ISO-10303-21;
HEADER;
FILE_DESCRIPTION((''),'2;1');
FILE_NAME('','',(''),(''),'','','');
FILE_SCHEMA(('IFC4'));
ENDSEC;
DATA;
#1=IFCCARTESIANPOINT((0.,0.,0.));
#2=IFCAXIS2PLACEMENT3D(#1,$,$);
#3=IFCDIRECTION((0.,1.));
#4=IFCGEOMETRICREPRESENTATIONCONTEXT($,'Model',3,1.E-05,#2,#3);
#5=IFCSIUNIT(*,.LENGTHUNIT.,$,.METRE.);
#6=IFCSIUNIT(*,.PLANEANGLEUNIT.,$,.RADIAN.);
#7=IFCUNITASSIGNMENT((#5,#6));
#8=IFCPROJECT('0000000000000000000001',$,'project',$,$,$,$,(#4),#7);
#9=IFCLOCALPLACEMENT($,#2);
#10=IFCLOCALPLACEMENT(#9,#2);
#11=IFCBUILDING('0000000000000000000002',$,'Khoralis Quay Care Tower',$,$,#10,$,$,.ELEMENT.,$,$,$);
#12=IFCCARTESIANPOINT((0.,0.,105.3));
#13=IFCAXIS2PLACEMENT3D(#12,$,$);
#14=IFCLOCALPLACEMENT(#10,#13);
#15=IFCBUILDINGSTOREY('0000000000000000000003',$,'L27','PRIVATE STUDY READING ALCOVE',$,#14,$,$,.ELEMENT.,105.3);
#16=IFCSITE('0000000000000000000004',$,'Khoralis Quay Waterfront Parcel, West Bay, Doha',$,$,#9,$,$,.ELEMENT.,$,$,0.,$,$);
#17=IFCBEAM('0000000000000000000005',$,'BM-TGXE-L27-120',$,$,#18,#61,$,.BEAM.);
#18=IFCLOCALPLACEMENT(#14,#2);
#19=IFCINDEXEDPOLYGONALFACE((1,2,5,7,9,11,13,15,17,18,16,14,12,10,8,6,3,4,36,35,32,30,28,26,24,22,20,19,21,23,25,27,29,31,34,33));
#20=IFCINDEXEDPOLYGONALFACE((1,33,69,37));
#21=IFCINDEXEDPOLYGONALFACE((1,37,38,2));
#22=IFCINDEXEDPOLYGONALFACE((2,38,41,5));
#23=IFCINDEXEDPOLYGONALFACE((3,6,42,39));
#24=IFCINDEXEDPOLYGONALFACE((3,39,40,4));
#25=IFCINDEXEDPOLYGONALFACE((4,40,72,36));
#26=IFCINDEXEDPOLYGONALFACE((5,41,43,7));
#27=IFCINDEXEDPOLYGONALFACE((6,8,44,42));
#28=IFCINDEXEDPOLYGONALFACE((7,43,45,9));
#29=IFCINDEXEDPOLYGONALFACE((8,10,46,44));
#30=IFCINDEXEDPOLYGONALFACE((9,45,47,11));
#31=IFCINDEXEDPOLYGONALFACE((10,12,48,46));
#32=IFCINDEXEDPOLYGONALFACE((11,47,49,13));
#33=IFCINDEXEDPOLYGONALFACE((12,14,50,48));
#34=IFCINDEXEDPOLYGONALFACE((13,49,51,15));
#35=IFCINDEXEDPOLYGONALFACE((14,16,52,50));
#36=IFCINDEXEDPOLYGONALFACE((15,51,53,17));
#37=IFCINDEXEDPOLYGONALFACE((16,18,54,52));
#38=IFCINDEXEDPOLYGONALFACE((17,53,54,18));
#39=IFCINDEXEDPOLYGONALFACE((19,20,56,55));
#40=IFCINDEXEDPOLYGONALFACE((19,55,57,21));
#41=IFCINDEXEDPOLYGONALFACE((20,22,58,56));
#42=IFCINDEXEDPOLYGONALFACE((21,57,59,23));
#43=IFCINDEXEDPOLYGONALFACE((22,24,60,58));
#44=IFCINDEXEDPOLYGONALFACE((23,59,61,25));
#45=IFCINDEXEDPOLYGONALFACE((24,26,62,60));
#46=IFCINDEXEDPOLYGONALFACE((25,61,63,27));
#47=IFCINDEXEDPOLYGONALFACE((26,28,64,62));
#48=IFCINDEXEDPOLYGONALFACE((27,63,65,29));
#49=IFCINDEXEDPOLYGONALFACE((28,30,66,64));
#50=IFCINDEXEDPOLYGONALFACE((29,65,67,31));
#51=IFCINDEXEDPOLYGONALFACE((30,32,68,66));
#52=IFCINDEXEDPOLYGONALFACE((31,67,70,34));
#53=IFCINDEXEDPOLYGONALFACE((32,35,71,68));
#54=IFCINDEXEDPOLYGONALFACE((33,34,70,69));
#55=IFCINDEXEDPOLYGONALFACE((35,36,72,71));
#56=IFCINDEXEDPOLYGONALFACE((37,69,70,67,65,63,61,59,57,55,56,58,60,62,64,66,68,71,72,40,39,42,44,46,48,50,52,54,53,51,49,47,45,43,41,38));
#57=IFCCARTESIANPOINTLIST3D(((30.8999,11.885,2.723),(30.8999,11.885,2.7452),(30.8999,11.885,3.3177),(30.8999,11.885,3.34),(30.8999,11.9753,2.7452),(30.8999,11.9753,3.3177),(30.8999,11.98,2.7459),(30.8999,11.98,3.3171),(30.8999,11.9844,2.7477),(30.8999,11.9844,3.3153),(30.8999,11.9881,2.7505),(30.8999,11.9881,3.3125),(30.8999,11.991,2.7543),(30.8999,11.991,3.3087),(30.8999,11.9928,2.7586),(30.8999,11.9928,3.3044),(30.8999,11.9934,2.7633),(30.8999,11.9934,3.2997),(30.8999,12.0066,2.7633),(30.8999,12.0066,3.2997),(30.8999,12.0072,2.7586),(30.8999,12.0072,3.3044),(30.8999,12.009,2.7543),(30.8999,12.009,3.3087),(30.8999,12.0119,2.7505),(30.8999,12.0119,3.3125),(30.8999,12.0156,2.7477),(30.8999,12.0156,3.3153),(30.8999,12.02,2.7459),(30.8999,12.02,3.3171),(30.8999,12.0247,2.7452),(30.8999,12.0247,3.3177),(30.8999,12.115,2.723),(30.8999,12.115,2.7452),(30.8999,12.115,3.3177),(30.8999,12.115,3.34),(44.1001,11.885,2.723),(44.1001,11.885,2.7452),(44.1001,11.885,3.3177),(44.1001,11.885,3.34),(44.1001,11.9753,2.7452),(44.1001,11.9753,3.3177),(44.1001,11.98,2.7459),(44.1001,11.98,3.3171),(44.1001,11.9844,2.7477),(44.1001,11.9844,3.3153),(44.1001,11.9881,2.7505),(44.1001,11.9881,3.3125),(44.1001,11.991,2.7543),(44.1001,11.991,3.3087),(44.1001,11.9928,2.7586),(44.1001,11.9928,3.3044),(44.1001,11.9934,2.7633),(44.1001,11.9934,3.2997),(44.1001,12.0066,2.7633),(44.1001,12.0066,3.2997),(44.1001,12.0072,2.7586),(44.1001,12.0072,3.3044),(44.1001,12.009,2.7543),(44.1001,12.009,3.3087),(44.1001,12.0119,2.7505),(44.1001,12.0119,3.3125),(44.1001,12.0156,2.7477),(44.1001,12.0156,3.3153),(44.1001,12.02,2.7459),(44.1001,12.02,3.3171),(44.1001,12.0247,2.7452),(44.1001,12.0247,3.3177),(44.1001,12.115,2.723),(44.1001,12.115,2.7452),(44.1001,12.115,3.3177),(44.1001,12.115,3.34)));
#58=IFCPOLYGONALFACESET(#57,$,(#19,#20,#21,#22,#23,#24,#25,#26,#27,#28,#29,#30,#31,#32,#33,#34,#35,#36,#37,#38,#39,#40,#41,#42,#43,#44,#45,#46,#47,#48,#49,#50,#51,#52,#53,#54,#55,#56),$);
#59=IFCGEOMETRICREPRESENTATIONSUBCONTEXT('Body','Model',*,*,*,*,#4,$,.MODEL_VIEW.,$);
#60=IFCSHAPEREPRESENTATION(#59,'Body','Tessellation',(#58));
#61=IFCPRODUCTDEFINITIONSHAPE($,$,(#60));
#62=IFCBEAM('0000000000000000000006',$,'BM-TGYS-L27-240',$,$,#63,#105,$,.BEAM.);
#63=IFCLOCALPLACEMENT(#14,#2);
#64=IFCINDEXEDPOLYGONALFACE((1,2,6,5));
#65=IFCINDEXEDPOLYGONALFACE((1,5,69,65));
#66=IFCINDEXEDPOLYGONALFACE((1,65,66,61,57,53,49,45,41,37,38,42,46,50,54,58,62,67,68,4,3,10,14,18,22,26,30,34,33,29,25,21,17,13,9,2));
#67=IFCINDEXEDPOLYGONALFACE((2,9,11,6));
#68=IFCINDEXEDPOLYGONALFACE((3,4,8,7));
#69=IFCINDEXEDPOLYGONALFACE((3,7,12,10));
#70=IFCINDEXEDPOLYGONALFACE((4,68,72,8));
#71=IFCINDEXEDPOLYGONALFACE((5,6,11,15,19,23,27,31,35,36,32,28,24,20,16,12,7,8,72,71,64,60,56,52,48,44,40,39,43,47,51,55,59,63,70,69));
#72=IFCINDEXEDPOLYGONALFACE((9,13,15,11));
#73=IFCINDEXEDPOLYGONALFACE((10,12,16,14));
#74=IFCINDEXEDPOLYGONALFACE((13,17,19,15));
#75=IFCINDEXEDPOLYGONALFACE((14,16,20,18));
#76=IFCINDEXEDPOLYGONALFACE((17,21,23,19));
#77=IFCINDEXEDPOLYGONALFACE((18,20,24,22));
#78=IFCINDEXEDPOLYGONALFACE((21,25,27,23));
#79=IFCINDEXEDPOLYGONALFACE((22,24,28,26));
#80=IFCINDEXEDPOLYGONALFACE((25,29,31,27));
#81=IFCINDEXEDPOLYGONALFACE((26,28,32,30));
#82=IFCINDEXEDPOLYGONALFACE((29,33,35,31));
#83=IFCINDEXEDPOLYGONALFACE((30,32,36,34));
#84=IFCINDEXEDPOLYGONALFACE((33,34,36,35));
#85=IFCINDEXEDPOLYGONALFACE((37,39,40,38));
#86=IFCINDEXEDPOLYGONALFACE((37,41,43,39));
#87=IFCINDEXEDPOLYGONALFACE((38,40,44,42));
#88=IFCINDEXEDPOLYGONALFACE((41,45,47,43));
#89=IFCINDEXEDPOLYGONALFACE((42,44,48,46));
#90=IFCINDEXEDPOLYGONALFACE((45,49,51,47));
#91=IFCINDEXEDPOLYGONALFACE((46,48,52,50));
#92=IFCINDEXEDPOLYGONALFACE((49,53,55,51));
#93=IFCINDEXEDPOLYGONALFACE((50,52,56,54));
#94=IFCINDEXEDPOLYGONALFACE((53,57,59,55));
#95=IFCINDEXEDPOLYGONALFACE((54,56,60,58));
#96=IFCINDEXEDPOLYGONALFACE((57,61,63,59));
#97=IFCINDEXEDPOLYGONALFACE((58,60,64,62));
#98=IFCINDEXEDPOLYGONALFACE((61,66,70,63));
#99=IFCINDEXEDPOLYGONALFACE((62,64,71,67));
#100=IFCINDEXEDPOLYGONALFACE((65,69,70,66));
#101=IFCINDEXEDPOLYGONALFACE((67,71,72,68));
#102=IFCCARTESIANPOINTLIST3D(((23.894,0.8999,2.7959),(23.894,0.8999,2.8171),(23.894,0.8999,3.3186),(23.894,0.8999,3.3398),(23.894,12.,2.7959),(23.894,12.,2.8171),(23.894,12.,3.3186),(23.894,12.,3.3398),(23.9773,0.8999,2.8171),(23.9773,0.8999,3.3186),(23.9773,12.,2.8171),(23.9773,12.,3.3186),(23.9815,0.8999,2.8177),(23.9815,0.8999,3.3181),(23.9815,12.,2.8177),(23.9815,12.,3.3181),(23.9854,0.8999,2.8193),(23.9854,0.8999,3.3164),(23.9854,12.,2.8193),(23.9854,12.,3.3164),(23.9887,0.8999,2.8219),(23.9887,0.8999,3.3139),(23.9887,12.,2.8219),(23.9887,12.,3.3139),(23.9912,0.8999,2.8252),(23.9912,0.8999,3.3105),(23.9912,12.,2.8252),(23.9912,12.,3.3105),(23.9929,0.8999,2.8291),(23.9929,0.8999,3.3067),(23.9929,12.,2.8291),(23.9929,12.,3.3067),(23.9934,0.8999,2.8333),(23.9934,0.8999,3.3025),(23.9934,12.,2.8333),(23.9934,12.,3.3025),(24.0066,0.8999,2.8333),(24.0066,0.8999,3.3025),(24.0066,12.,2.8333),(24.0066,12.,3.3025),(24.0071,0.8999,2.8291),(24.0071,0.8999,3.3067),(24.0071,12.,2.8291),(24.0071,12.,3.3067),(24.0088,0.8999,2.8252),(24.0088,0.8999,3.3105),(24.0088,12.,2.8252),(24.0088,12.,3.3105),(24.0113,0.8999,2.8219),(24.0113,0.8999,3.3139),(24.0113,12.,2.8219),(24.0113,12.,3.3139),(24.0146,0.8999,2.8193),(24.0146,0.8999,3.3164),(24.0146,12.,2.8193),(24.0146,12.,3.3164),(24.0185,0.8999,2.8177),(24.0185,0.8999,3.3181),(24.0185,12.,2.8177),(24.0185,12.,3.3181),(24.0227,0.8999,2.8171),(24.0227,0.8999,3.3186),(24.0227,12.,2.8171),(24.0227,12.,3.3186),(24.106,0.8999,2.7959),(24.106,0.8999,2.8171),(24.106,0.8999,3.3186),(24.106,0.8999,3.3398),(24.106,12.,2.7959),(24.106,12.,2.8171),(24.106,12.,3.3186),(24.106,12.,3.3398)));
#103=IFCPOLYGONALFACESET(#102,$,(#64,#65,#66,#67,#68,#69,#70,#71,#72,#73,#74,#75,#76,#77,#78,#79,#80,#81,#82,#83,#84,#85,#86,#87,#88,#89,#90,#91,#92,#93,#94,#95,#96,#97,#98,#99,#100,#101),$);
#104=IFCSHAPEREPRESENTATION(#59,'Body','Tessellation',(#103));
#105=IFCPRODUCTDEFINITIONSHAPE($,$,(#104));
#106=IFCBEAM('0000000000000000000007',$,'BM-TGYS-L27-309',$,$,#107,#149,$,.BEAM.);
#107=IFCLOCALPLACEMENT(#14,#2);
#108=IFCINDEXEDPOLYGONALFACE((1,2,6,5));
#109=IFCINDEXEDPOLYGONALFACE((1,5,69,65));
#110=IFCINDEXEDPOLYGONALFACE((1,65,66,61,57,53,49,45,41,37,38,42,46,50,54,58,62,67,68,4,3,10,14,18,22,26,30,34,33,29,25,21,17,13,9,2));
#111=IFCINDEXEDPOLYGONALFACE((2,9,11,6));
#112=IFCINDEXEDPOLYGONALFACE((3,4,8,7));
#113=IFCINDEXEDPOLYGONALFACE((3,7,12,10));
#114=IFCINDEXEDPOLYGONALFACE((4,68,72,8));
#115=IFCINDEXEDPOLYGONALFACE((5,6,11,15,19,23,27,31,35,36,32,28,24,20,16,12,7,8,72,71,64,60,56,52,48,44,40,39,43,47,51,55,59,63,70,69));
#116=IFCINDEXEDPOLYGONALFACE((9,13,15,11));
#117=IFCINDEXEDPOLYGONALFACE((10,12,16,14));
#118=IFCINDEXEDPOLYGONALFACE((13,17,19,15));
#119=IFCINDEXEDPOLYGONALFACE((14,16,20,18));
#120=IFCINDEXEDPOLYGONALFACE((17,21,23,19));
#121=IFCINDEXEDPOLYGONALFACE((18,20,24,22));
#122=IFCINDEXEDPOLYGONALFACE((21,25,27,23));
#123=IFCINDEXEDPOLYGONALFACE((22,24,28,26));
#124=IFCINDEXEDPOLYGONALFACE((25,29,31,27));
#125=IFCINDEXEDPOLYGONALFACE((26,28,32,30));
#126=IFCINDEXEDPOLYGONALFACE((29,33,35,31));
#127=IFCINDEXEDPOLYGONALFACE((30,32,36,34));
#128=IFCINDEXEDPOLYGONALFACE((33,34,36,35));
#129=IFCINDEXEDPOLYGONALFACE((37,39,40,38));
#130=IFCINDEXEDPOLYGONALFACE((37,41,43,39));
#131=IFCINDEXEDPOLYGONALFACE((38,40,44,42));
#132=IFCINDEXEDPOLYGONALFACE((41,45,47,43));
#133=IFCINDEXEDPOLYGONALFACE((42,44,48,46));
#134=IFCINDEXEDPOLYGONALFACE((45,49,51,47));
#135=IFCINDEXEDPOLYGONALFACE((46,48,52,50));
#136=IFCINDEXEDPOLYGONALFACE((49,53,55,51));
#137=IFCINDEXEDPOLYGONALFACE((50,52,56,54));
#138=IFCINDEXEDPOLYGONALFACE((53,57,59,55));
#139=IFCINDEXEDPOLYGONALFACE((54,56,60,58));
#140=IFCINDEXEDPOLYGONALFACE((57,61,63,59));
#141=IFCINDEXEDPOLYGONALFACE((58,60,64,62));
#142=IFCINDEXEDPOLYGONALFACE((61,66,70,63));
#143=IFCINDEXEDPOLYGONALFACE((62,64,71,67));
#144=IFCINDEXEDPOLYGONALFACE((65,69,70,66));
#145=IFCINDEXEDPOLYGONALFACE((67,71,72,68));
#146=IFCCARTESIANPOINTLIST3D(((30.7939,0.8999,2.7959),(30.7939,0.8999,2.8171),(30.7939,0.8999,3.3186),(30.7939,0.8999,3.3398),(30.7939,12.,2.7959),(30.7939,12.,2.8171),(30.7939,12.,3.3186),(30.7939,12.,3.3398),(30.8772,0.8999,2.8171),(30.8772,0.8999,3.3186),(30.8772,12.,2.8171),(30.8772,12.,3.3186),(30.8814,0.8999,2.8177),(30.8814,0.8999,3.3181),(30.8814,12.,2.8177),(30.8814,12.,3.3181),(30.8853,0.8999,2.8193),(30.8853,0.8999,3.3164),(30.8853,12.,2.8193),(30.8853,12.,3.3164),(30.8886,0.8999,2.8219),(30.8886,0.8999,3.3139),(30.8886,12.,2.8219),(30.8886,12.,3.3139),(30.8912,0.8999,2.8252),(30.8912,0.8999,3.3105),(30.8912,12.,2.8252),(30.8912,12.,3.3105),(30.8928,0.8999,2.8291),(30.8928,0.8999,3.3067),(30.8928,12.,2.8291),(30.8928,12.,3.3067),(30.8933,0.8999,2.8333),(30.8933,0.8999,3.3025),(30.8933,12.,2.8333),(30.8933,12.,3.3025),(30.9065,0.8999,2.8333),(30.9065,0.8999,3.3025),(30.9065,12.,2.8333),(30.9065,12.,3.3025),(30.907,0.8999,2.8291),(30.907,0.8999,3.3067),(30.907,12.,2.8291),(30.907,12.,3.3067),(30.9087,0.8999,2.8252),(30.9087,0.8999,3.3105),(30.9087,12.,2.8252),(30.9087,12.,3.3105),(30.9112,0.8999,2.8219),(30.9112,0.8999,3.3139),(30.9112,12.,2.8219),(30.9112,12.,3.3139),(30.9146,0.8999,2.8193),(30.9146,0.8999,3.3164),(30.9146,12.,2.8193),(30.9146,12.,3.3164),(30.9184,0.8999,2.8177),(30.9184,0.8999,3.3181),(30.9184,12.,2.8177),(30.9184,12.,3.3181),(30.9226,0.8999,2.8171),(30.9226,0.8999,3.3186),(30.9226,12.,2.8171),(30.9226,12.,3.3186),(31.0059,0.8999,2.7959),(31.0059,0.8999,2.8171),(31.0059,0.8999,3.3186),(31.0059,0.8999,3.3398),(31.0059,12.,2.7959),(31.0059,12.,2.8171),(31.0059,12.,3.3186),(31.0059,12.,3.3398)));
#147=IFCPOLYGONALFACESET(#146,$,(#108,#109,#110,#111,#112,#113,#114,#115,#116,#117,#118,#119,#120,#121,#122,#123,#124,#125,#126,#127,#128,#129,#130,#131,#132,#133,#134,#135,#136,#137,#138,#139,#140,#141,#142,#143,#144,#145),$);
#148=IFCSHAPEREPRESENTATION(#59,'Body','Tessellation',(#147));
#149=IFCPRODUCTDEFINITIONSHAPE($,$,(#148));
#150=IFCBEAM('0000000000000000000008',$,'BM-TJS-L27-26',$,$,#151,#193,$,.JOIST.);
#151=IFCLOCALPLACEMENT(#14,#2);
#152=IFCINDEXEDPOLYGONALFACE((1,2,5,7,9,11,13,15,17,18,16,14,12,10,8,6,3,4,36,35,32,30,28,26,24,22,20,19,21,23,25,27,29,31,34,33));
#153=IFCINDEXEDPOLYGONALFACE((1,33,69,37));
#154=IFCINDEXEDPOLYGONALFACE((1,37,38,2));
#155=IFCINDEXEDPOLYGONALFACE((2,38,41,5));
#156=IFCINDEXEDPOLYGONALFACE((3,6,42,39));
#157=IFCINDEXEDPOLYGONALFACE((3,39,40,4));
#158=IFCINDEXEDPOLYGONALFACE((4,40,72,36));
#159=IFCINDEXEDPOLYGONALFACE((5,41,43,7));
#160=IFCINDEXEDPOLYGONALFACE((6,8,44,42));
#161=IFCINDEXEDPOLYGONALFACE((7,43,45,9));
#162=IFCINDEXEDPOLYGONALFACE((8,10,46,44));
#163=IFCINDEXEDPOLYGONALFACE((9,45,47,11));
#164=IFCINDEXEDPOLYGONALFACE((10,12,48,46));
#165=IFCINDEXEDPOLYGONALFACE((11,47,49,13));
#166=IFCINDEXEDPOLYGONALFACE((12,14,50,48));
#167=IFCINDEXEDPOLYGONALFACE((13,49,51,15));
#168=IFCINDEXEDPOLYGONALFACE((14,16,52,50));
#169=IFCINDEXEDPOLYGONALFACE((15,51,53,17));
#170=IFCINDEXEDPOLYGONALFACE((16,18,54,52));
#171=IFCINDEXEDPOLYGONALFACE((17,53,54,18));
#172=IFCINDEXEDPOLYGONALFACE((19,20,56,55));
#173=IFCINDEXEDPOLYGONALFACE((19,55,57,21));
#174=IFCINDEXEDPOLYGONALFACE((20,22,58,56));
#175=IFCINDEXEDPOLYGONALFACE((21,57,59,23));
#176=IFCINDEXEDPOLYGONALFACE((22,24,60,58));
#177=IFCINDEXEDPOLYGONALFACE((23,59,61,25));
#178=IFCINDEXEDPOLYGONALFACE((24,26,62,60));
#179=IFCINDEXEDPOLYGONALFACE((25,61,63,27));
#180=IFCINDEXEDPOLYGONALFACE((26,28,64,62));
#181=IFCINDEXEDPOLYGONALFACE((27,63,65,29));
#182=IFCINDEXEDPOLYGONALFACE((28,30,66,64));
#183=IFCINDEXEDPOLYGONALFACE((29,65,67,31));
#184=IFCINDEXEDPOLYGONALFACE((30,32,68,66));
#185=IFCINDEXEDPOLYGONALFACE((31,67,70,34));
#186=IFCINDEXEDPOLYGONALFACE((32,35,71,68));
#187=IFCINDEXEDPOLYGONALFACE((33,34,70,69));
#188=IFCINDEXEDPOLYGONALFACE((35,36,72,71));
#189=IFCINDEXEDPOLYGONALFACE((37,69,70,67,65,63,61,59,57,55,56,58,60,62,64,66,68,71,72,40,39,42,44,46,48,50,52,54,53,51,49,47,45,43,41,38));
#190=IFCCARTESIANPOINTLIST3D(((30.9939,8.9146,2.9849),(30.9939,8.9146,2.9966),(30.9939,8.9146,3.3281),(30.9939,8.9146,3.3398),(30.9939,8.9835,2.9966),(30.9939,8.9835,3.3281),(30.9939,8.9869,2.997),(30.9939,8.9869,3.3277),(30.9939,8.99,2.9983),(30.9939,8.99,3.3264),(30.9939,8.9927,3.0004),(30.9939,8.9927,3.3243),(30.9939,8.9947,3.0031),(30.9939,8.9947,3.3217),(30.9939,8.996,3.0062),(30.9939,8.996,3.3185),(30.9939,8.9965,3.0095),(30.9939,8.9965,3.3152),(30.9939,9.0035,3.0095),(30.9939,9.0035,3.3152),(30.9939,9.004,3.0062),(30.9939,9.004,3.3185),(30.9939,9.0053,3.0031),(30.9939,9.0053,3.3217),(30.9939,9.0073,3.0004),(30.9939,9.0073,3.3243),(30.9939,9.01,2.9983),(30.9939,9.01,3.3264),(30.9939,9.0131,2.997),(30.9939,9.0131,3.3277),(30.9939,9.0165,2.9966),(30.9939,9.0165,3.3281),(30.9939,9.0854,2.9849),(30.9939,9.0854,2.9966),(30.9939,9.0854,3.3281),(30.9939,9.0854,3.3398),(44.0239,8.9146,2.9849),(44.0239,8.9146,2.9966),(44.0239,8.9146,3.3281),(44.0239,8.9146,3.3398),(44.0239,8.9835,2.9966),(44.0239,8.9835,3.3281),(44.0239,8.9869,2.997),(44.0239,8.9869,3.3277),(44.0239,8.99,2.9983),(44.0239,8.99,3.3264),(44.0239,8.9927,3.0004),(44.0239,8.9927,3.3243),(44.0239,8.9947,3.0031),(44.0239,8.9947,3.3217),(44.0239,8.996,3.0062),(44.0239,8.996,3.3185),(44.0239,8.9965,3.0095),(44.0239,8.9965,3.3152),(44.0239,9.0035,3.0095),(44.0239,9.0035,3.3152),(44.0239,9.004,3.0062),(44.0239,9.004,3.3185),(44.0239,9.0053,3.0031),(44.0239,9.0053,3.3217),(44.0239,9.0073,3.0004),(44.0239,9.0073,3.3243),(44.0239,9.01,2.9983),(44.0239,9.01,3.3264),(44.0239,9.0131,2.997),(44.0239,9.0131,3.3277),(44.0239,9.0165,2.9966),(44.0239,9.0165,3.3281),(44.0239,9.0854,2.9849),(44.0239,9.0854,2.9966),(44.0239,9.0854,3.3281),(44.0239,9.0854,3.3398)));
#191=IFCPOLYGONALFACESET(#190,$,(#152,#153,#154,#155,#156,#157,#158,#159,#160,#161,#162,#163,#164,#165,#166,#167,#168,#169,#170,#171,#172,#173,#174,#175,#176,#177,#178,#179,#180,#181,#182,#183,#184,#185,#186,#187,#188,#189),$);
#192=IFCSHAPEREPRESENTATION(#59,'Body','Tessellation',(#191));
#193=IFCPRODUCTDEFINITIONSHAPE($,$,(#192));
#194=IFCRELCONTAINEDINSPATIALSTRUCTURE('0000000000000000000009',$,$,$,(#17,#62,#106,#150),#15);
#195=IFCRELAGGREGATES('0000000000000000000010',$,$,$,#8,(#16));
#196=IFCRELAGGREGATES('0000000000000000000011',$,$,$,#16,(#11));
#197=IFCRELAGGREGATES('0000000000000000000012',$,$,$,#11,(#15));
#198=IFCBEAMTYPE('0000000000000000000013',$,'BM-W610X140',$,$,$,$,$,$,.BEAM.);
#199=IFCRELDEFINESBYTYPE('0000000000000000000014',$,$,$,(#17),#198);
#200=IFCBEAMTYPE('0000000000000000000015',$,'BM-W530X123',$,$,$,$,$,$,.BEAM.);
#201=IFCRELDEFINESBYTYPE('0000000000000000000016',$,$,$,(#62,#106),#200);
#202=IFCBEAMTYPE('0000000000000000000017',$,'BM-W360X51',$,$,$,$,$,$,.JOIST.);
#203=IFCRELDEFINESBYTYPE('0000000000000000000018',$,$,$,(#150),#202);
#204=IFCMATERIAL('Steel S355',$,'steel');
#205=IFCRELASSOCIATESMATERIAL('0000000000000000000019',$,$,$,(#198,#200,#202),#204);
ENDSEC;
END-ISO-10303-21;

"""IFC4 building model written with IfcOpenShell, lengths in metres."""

from ifc_helpers import new_model, si_unit, direction, frame, origin, origin_2d, place, context, subcontext, project, spatial, i_section, extrude, source, transform, mapped, material, material_profile, profile_set, type_object, element, save


model = new_model("IFC4")

# Units and contexts
model_context = context("Model", 3, precision=1e-05, world=origin(), true_north=direction((0.0, 1.0)))
body_context = subcontext(model_context, "Body", "Model", "MODEL_VIEW")
ifc_project = project(units=[si_unit("LENGTHUNIT", "METRE"), si_unit("PLANEANGLEUNIT", "RADIAN")], contexts=[model_context])

# Site, building, storey
site_placement = place(None, origin())
site = spatial("IfcSite", under=ifc_project, at=site_placement, Name="Khoralis Quay Waterfront Parcel, West Bay, Doha", CompositionType="ELEMENT", RefElevation=0.0)
building_placement = place(site_placement, origin())
building = spatial("IfcBuilding", under=site, at=building_placement, Name="Khoralis Quay Care Tower", CompositionType="ELEMENT")
storey_placement = place(building_placement, frame((0.0, 0.0, 105.3)))
storey = spatial("IfcBuildingStorey", under=building, at=storey_placement, Name="L27", Description="PRIVATE STUDY READING ALCOVE", CompositionType="ELEMENT", Elevation=105.3)

# Beams
ifc_material_1 = material(Name="Steel S355", Category="steel")
ifc_material_profile_1 = material_profile(ifc_material_1, i_section(OverallWidth=0.23, OverallDepth=0.6169, WebThickness=0.0132, FlangeThickness=0.0222, FilletRadius=0.0181, at=origin_2d()), Name="Steel S355")
ifc_profile_set_1 = profile_set([ifc_material_profile_1], Name="Steel S355")
beam_type_1 = type_object("IfcBeamType", Name="BM-W610X140", PredefinedType="BEAM", material=ifc_profile_set_1)
shared_shape_1 = source(origin(), body_context, "Body", "SweptSolid", [
    extrude(i_section(OverallWidth=0.23, OverallDepth=0.6169, WebThickness=0.0132, FlangeThickness=0.0222, FilletRadius=0.0181, at=origin_2d()), origin(), (0.0, 0.0, 1.0), 13.2002),
])
beam_1_placement = place(storey_placement, frame((30.8999, 12.0, 3.0315), z_axis=(1.0, 0.0, 0.0), x_axis=(0.0, 1.0, 0.0)))
element("IfcBeam", 1, at=beam_1_placement, inside=storey, type_object=beam_type_1, Name="BM-TGXE-L27-120", PredefinedType="BEAM", context=body_context, shape_type="MappedRepresentation", body=[
    mapped(shared_shape_1, transform((0.0, 0.0, 0.0), scale=1.0)),
])
ifc_material_profile_2 = material_profile(ifc_material_1, i_section(OverallWidth=0.2119, OverallDepth=0.5439, WebThickness=0.0132, FlangeThickness=0.0212, FilletRadius=0.0161, at=origin_2d()), Name="Steel S355")
ifc_profile_set_2 = profile_set([ifc_material_profile_2], Name="Steel S355")
beam_type_2 = type_object("IfcBeamType", Name="BM-W530X123", PredefinedType="BEAM", material=ifc_profile_set_2)
shared_shape_2 = source(origin(), body_context, "Body", "SweptSolid", [
    extrude(i_section(OverallWidth=0.2119, OverallDepth=0.5439, WebThickness=0.0132, FlangeThickness=0.0212, FilletRadius=0.0161, at=origin_2d()), origin(), (0.0, 0.0, 1.0), 11.1001),
])
for number, where, z_axis, x_axis, name in (
    (2, (24.0, 0.8999, 3.0679), (0.0, 1.0, 0.0), (-1.0, 0.0, 0.0), "BM-TGYS-L27-240"),
    (3, (30.8999, 0.8999, 3.0679), (0.0, 1.0, 0.0), (-1.0, 0.0, 0.0), "BM-TGYS-L27-309"),
):
    element("IfcBeam", number, at=place(storey_placement, frame(where, z_axis=z_axis, x_axis=x_axis)), inside=storey, type_object=beam_type_2, Name=name, PredefinedType="BEAM", context=body_context, shape_type="MappedRepresentation", body=[
        mapped(shared_shape_2, transform((0.0, 0.0, 0.0), scale=1.0)),
    ])
ifc_material_profile_3 = material_profile(ifc_material_1, i_section(OverallWidth=0.1709, OverallDepth=0.355, WebThickness=0.0071, FlangeThickness=0.0117, FilletRadius=0.0129, at=origin_2d()), Name="Steel S355")
ifc_profile_set_3 = profile_set([ifc_material_profile_3], Name="Steel S355")
beam_type_3 = type_object("IfcBeamType", Name="BM-W360X51", PredefinedType="JOIST", material=ifc_profile_set_3)
shared_shape_3 = source(origin(), body_context, "Body", "SweptSolid", [
    extrude(i_section(OverallWidth=0.1709, OverallDepth=0.355, WebThickness=0.0071, FlangeThickness=0.0117, FilletRadius=0.0129, at=origin_2d()), origin(), (0.0, 0.0, 1.0), 13.03),
])
beam_2_placement = place(storey_placement, frame((30.9939, 9.0, 3.1624), z_axis=(1.0, 0.0, 0.0), x_axis=(0.0, 1.0, 0.0)))
element("IfcBeam", 4, at=beam_2_placement, inside=storey, type_object=beam_type_3, Name="BM-TJS-L27-26", PredefinedType="JOIST", context=body_context, shape_type="MappedRepresentation", body=[
    mapped(shared_shape_3, transform((0.0, 0.0, 0.0), scale=1.0)),
])

save(model, "model.ifc")
